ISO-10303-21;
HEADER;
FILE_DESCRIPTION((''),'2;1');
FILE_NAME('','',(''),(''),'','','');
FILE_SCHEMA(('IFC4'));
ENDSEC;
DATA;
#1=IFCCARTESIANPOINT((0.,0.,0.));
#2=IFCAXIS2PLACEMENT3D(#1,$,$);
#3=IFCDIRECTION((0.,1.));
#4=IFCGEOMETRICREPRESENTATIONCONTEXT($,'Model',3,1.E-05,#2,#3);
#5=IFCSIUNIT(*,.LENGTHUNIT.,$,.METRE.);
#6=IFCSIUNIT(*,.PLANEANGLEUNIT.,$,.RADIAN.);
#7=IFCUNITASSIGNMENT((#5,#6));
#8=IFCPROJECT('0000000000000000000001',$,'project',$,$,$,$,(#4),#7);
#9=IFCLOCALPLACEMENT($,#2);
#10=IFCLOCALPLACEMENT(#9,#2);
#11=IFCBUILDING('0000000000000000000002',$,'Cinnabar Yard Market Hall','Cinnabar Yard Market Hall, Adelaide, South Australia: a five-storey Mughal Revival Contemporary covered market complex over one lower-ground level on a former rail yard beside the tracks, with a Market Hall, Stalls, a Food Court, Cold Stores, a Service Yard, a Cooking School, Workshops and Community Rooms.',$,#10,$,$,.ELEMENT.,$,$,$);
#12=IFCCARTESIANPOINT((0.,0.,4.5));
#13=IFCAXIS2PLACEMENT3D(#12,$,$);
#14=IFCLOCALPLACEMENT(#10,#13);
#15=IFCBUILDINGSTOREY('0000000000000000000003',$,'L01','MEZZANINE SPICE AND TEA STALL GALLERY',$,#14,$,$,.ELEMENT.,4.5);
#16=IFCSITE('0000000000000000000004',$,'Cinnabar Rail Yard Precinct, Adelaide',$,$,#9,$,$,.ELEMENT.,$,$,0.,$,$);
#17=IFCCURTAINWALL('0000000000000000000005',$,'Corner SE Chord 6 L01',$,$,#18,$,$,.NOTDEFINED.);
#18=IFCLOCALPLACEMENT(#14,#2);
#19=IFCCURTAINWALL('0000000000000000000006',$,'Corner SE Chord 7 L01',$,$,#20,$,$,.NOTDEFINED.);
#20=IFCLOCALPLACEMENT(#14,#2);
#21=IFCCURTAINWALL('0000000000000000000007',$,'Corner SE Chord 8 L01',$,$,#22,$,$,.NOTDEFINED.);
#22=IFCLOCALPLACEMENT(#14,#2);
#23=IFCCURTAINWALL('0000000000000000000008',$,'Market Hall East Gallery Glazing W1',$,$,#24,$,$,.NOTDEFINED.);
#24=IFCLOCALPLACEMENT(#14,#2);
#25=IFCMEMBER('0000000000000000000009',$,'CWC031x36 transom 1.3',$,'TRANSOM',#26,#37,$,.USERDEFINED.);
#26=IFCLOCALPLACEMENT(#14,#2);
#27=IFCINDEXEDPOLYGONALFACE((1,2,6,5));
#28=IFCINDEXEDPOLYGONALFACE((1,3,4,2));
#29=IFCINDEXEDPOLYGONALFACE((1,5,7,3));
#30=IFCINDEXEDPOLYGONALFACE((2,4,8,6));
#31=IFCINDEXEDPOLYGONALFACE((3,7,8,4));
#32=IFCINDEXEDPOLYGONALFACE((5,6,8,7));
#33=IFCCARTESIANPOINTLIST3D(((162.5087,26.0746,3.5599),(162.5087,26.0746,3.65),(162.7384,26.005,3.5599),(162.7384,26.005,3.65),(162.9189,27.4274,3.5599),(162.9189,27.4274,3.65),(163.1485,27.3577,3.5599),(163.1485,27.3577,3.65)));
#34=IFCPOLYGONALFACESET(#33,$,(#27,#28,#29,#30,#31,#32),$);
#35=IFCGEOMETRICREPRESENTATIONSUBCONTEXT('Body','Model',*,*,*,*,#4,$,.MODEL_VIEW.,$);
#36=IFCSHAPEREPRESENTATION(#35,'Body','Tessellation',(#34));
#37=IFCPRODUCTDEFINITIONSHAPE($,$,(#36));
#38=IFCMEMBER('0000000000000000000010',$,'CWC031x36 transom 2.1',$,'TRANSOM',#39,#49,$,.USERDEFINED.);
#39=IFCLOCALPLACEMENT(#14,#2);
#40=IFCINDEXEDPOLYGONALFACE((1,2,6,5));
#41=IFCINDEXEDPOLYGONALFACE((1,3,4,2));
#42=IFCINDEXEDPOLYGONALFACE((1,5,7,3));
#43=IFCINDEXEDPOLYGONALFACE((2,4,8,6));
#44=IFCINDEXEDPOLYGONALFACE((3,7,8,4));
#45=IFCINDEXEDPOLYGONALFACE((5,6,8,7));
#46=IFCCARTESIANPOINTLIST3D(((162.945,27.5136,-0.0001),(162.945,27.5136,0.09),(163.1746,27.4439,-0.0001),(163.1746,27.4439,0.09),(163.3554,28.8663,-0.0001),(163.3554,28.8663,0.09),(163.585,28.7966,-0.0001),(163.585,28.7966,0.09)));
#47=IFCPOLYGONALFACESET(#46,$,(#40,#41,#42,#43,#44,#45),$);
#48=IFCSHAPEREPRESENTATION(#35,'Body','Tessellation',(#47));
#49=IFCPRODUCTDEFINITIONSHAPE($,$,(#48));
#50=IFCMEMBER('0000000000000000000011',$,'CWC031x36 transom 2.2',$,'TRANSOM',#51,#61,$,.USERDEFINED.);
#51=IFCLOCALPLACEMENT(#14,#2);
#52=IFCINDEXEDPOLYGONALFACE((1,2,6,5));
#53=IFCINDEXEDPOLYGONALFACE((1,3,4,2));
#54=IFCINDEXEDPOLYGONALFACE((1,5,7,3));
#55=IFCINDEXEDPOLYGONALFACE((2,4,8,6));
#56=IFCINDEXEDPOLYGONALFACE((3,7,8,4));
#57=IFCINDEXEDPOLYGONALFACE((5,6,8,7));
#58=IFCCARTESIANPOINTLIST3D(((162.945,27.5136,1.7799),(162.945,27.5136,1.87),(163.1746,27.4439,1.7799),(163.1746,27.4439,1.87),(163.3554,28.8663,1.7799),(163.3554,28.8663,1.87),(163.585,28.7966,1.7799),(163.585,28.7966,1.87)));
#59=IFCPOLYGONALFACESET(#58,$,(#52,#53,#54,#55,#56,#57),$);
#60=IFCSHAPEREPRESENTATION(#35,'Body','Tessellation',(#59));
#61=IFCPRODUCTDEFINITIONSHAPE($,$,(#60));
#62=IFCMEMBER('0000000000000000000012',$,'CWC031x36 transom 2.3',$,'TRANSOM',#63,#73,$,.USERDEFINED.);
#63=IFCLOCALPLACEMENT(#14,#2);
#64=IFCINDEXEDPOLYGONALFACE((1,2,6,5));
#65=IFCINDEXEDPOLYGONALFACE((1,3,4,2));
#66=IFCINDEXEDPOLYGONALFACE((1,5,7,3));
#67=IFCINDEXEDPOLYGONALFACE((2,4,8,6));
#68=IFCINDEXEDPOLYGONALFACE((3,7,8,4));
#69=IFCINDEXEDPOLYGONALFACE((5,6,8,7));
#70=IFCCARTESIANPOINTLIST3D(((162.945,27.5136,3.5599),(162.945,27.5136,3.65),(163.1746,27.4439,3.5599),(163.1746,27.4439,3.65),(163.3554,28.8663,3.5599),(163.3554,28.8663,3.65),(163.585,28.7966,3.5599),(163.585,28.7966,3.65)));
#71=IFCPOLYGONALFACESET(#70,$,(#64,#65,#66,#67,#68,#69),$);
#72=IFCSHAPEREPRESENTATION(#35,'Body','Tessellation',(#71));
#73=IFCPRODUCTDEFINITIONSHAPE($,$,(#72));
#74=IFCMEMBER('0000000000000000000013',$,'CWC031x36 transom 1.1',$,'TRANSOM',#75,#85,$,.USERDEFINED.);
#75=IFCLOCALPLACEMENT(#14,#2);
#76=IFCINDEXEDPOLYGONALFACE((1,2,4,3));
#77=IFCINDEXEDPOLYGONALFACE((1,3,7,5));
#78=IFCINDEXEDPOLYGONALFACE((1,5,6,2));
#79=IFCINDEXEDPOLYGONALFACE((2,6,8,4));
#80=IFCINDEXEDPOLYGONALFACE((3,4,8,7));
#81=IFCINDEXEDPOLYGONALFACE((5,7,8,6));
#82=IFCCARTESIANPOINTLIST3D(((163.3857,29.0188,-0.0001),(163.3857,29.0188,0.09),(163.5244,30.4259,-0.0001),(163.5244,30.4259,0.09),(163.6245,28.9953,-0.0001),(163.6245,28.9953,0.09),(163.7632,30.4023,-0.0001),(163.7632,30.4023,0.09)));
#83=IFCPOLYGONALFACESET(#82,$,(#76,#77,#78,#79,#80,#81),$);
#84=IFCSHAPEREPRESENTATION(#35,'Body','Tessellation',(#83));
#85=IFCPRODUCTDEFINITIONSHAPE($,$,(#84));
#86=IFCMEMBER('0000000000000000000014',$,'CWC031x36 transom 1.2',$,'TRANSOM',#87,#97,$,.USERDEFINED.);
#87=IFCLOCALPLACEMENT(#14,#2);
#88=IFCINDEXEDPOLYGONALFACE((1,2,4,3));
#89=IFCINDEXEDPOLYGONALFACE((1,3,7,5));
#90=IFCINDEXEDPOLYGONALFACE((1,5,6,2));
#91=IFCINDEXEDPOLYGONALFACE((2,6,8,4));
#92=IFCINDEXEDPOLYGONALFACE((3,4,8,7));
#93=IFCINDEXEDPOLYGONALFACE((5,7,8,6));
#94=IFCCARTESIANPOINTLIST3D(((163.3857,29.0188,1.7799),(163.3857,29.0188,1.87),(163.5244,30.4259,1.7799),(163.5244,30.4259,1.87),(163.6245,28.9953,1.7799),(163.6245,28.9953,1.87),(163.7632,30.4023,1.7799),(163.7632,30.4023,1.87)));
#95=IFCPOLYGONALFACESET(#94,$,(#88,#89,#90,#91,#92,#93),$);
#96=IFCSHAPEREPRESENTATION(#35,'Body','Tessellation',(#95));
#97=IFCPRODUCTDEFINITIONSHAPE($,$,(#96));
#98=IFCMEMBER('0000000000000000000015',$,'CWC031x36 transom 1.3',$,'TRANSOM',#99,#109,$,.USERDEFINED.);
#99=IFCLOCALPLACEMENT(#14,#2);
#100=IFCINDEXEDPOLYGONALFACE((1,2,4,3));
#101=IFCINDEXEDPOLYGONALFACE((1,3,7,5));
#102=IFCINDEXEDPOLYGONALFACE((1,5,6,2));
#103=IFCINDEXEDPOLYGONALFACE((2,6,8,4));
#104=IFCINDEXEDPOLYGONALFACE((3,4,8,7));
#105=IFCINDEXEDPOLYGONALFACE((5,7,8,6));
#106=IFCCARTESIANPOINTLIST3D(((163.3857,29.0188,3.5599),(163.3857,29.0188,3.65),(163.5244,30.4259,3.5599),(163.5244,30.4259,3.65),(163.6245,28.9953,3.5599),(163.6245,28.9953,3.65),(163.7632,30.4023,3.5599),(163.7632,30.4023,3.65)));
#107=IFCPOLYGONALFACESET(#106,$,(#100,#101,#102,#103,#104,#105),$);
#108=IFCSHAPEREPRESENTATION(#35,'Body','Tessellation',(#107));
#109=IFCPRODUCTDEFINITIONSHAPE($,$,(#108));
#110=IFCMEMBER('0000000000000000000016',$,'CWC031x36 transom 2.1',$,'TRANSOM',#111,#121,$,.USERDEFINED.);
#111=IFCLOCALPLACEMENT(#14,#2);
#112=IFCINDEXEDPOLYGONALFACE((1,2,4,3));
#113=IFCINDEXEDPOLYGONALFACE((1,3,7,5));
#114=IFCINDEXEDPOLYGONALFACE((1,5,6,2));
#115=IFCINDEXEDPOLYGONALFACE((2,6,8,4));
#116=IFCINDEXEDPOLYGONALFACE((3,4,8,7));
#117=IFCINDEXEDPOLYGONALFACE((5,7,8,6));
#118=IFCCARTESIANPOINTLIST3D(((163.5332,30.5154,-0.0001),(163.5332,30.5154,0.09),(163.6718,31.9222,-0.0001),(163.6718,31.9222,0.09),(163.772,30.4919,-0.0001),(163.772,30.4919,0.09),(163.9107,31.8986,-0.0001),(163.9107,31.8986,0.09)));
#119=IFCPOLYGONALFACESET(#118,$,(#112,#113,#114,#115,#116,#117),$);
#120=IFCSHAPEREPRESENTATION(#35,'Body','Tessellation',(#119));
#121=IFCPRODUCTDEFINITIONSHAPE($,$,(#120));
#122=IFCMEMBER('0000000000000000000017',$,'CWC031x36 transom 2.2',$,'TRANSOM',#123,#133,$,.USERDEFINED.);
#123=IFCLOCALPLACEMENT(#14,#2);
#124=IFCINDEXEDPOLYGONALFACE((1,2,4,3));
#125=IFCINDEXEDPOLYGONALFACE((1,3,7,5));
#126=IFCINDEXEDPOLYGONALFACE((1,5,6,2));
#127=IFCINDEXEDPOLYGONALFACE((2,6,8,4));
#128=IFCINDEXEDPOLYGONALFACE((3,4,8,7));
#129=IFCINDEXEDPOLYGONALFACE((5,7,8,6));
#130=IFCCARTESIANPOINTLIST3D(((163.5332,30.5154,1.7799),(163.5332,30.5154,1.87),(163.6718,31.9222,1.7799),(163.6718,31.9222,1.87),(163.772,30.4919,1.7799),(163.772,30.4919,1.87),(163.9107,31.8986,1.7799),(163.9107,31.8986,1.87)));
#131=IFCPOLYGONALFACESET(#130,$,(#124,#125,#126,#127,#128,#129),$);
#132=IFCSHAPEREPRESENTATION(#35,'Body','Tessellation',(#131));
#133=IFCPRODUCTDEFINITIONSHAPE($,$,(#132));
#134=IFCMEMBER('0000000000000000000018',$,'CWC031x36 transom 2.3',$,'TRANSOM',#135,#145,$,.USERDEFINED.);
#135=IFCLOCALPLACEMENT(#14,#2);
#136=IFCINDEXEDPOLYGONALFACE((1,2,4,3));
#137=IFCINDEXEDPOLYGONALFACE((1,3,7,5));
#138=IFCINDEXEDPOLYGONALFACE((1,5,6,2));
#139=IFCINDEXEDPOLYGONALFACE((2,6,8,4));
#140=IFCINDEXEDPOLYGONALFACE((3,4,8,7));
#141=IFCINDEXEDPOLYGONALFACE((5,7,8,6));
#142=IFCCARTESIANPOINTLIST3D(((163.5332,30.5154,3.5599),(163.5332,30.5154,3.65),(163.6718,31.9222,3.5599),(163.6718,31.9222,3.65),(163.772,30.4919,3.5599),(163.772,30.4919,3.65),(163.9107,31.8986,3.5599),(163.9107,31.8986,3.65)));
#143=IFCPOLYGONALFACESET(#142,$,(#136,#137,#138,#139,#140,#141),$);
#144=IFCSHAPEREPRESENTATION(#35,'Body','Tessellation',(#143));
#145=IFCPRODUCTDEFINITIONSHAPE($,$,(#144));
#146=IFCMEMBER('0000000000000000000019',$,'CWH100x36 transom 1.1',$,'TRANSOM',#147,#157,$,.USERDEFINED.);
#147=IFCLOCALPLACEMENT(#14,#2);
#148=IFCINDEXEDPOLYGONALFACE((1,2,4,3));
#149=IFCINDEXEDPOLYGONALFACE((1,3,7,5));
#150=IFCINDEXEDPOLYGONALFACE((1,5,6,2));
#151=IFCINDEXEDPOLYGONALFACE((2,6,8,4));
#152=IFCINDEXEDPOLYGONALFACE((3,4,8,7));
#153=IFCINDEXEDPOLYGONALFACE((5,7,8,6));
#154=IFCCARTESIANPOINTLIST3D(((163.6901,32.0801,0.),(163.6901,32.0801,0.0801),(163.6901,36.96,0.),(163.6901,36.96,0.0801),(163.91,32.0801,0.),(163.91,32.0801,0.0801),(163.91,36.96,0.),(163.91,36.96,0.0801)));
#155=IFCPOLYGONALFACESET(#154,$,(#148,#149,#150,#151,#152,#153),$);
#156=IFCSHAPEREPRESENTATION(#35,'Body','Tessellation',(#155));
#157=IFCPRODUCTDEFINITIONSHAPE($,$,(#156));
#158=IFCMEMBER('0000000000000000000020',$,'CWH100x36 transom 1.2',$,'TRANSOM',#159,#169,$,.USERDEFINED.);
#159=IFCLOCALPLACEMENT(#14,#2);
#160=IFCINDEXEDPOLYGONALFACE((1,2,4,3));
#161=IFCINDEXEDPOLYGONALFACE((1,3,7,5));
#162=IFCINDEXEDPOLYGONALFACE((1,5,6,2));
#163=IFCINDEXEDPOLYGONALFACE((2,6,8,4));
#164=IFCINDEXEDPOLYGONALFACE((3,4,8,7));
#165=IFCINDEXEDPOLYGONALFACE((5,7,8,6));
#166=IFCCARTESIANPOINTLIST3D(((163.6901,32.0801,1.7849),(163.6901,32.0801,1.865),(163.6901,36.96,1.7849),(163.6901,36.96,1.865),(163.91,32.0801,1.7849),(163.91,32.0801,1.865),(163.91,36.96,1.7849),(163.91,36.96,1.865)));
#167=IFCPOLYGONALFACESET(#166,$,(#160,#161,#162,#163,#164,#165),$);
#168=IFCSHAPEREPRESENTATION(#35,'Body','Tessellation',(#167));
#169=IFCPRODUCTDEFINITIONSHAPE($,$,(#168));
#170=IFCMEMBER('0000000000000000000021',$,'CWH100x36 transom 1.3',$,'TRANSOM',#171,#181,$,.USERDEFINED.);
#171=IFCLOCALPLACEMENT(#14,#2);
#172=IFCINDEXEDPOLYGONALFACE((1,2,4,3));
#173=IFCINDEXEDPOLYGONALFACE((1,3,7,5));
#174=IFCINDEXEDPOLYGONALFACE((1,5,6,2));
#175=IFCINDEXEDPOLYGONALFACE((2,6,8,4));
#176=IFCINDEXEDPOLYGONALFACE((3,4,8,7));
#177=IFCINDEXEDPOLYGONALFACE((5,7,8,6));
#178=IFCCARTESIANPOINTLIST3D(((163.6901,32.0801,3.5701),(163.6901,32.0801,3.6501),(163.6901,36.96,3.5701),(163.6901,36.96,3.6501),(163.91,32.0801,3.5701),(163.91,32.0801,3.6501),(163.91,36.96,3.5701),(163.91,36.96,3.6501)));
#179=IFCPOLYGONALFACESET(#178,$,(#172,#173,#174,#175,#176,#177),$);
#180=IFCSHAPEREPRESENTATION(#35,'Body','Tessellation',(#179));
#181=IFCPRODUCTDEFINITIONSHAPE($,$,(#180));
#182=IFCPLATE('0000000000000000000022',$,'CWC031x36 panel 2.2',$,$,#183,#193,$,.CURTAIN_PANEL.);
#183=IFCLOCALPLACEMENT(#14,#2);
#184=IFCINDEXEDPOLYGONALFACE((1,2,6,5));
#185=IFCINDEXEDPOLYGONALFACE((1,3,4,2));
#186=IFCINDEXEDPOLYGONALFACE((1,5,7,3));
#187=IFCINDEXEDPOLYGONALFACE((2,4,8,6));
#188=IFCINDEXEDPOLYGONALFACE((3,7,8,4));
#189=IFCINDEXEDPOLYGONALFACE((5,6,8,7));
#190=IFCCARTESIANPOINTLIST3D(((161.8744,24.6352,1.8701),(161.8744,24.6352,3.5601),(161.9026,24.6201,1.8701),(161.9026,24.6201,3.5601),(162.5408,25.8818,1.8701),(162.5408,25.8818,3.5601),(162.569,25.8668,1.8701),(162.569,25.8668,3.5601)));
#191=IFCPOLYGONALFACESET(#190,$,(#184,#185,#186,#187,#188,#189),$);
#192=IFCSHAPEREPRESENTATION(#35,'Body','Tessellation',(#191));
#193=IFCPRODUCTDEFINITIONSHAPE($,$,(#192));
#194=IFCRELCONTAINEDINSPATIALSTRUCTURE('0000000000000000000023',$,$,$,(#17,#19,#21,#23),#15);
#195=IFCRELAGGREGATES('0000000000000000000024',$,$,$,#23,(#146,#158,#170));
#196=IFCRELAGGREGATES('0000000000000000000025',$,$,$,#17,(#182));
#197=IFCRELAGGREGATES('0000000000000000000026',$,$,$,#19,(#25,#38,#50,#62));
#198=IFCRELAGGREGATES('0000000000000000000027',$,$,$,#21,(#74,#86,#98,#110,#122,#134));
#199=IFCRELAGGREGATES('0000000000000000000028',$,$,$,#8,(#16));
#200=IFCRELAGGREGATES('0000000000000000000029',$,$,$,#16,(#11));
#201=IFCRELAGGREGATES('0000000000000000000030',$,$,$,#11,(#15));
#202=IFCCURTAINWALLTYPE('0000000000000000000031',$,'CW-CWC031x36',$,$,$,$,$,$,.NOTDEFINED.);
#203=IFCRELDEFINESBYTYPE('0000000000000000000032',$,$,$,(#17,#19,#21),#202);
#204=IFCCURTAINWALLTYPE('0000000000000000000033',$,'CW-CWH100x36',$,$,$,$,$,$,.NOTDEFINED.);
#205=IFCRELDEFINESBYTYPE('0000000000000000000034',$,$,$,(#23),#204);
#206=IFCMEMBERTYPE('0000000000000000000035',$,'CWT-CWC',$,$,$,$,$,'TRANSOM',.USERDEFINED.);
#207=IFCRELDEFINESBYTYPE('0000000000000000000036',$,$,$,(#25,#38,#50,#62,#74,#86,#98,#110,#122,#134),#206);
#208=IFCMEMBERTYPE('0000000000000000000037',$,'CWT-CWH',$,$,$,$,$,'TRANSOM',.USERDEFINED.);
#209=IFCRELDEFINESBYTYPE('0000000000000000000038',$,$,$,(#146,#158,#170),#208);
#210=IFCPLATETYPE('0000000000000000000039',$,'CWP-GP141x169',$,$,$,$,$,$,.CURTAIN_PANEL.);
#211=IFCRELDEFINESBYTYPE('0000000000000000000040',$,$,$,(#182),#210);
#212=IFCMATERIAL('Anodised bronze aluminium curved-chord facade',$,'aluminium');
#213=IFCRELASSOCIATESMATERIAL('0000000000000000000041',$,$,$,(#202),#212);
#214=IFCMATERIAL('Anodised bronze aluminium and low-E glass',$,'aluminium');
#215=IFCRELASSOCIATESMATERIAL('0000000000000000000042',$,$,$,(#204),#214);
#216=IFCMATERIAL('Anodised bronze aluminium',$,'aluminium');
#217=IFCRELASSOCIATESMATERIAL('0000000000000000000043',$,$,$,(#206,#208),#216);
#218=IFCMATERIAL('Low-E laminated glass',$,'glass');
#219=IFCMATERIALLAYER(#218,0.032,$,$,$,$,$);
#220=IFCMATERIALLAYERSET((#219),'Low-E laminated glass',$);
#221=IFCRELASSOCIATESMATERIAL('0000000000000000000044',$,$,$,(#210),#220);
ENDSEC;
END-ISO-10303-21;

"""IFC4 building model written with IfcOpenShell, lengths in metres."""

from ifc_helpers import new_model, si_unit, direction, frame, origin, origin_2d_with_axis, place, context, subcontext, project, spatial, rectangle, extrude, material, layer, layer_set, material_profile, profile_set, type_object, element, aggregate, save


model = new_model("IFC4")

# Units and contexts
model_context = context("Model", 3, precision=1e-05, world=origin(), true_north=direction((0.0, 1.0)))
body_context = subcontext(model_context, "Body", "Model", "MODEL_VIEW")
ifc_project = project(units=[si_unit("LENGTHUNIT", "METRE"), si_unit("PLANEANGLEUNIT", "RADIAN")], contexts=[model_context])

# Site, building, storey
site_placement = place(None, origin())
site = spatial("IfcSite", under=ifc_project, at=site_placement, Name="Cinnabar Rail Yard Precinct, Adelaide", CompositionType="ELEMENT", RefElevation=0.0)
building_placement = place(site_placement, origin())
building = spatial("IfcBuilding", under=site, at=building_placement, Name="Cinnabar Yard Market Hall", Description="Cinnabar Yard Market Hall, Adelaide, South Australia: a five-storey Mughal Revival Contemporary covered market complex over one lower-ground level on a former rail yard beside the tracks, with a Market Hall, Stalls, a Food Court, Cold Stores, a Service Yard, a Cooking School, Workshops and Community Rooms.", CompositionType="ELEMENT")
storey_placement = place(building_placement, frame((0.0, 0.0, 4.5)))
storey = spatial("IfcBuildingStorey", under=building, at=storey_placement, Name="L01", Description="MEZZANINE SPICE AND TEA STALL GALLERY", CompositionType="ELEMENT", Elevation=4.5)

# Curtain wall
ifc_material_1 = material(Name="Anodised bronze aluminium curved-chord facade", Category="aluminium")
curtain_wall_type_1 = type_object("IfcCurtainWallType", Name="CW-CWC031x36", PredefinedType="NOTDEFINED", material=ifc_material_1)
curtain_wall_1_placement = place(storey_placement, origin())
curtain_wall_1 = element("IfcCurtainWall", 1, at=curtain_wall_1_placement, inside=storey, type_object=curtain_wall_type_1, Name="Corner SE Chord 6 L01", PredefinedType="NOTDEFINED")
ifc_material_2 = material(Name="Anodised bronze aluminium", Category="aluminium")

# Curtain walls
curtain_wall_2_placement = place(storey_placement, origin())
curtain_wall_2 = element("IfcCurtainWall", 2, at=curtain_wall_2_placement, inside=storey, type_object=curtain_wall_type_1, Name="Corner SE Chord 7 L01", PredefinedType="NOTDEFINED")
curtain_wall_3_placement = place(storey_placement, origin())
curtain_wall_3 = element("IfcCurtainWall", 3, at=curtain_wall_3_placement, inside=storey, type_object=curtain_wall_type_1, Name="Corner SE Chord 8 L01", PredefinedType="NOTDEFINED")

# Curtain wall
ifc_material_3 = material(Name="Anodised bronze aluminium and low-E glass", Category="aluminium")
curtain_wall_type_2 = type_object("IfcCurtainWallType", Name="CW-CWH100x36", PredefinedType="NOTDEFINED", material=ifc_material_3)
curtain_wall_4_placement = place(storey_placement, origin())
curtain_wall_4 = element("IfcCurtainWall", 4, at=curtain_wall_4_placement, inside=storey, type_object=curtain_wall_type_2, Name="Market Hall East Gallery Glazing W1", PredefinedType="NOTDEFINED")

# Members
ifc_material_profile_1 = material_profile(ifc_material_2, rectangle(XDim=0.24, YDim=0.0901, at=origin_2d_with_axis()), Name="TRN-CWC")
ifc_profile_set_1 = profile_set([ifc_material_profile_1], Name="Anodised bronze aluminium")
member_type_1 = type_object("IfcMemberType", Name="CWT-CWC", ElementType="TRANSOM", PredefinedType="USERDEFINED", material=ifc_profile_set_1)
member_1_placement = place(storey_placement, frame((162.6235, 26.0398, 3.605), z_axis=(0.290151, 0.956981, 0.0), x_axis=(-0.956981, 0.290151, 0.0)))
member_1 = element("IfcMember", 5, at=member_1_placement, type_object=member_type_1, Name="CWC031x36 transom 1.3", ObjectType="TRANSOM", PredefinedType="USERDEFINED", context=body_context, shape_type="SweptSolid", body=[
    extrude(rectangle(XDim=0.24, YDim=0.0901, at=origin_2d_with_axis()), origin(), (0.0, 0.0, 1.0), 1.4136),
])
member_2_placement = place(storey_placement, frame((163.0598, 27.4788, 0.0449), z_axis=(0.290309, 0.956933, 0.0), x_axis=(-0.956933, 0.290309, 0.0)))
member_2 = element("IfcMember", 6, at=member_2_placement, type_object=member_type_1, Name="CWC031x36 transom 2.1", ObjectType="TRANSOM", PredefinedType="USERDEFINED", context=body_context, shape_type="SweptSolid", body=[
    extrude(rectangle(XDim=0.24, YDim=0.0901, at=origin_2d_with_axis()), origin(), (0.0, 0.0, 1.0), 1.4136),
])
member_3_placement = place(storey_placement, frame((163.0598, 27.4788, 1.825), z_axis=(0.290309, 0.956933, 0.0), x_axis=(-0.956933, 0.290309, 0.0)))
member_3 = element("IfcMember", 7, at=member_3_placement, type_object=member_type_1, Name="CWC031x36 transom 2.2", ObjectType="TRANSOM", PredefinedType="USERDEFINED", context=body_context, shape_type="SweptSolid", body=[
    extrude(rectangle(XDim=0.24, YDim=0.0901, at=origin_2d_with_axis()), origin(), (0.0, 0.0, 1.0), 1.4136),
])
member_4_placement = place(storey_placement, frame((163.0598, 27.4788, 3.605), z_axis=(0.290309, 0.956933, 0.0), x_axis=(-0.956933, 0.290309, 0.0)))
member_4 = element("IfcMember", 8, at=member_4_placement, type_object=member_type_1, Name="CWC031x36 transom 2.3", ObjectType="TRANSOM", PredefinedType="USERDEFINED", context=body_context, shape_type="SweptSolid", body=[
    extrude(rectangle(XDim=0.24, YDim=0.0901, at=origin_2d_with_axis()), origin(), (0.0, 0.0, 1.0), 1.4136),
])
member_5_placement = place(storey_placement, frame((163.5051, 29.0071, 0.0449), z_axis=(0.098085, 0.995178, 0.0), x_axis=(-0.995178, 0.098085, 0.0)))
member_5 = element("IfcMember", 9, at=member_5_placement, type_object=member_type_1, Name="CWC031x36 transom 1.1", ObjectType="TRANSOM", PredefinedType="USERDEFINED", context=body_context, shape_type="SweptSolid", body=[
    extrude(rectangle(XDim=0.24, YDim=0.0901, at=origin_2d_with_axis()), origin(), (0.0, 0.0, 1.0), 1.4138),
])
member_6_placement = place(storey_placement, frame((163.5051, 29.0071, 1.825), z_axis=(0.098085, 0.995178, 0.0), x_axis=(-0.995178, 0.098085, 0.0)))
member_6 = element("IfcMember", 10, at=member_6_placement, type_object=member_type_1, Name="CWC031x36 transom 1.2", ObjectType="TRANSOM", PredefinedType="USERDEFINED", context=body_context, shape_type="SweptSolid", body=[
    extrude(rectangle(XDim=0.24, YDim=0.0901, at=origin_2d_with_axis()), origin(), (0.0, 0.0, 1.0), 1.4138),
])
member_7_placement = place(storey_placement, frame((163.5051, 29.0071, 3.605), z_axis=(0.098085, 0.995178, 0.0), x_axis=(-0.995178, 0.098085, 0.0)))
member_7 = element("IfcMember", 11, at=member_7_placement, type_object=member_type_1, Name="CWC031x36 transom 1.3", ObjectType="TRANSOM", PredefinedType="USERDEFINED", context=body_context, shape_type="SweptSolid", body=[
    extrude(rectangle(XDim=0.24, YDim=0.0901, at=origin_2d_with_axis()), origin(), (0.0, 0.0, 1.0), 1.4138),
])
member_8_placement = place(storey_placement, frame((163.6526, 30.5037, 0.0449), z_axis=(0.098101, 0.995176, 0.0), x_axis=(-0.995176, 0.098101, 0.0)))
member_8 = element("IfcMember", 12, at=member_8_placement, type_object=member_type_1, Name="CWC031x36 transom 2.1", ObjectType="TRANSOM", PredefinedType="USERDEFINED", context=body_context, shape_type="SweptSolid", body=[
    extrude(rectangle(XDim=0.24, YDim=0.0901, at=origin_2d_with_axis()), origin(), (0.0, 0.0, 1.0), 1.4136),
])
member_9_placement = place(storey_placement, frame((163.6526, 30.5037, 1.825), z_axis=(0.098101, 0.995176, 0.0), x_axis=(-0.995176, 0.098101, 0.0)))
member_9 = element("IfcMember", 13, at=member_9_placement, type_object=member_type_1, Name="CWC031x36 transom 2.2", ObjectType="TRANSOM", PredefinedType="USERDEFINED", context=body_context, shape_type="SweptSolid", body=[
    extrude(rectangle(XDim=0.24, YDim=0.0901, at=origin_2d_with_axis()), origin(), (0.0, 0.0, 1.0), 1.4136),
])
member_10_placement = place(storey_placement, frame((163.6526, 30.5037, 3.605), z_axis=(0.098101, 0.995176, 0.0), x_axis=(-0.995176, 0.098101, 0.0)))
member_10 = element("IfcMember", 14, at=member_10_placement, type_object=member_type_1, Name="CWC031x36 transom 2.3", ObjectType="TRANSOM", PredefinedType="USERDEFINED", context=body_context, shape_type="SweptSolid", body=[
    extrude(rectangle(XDim=0.24, YDim=0.0901, at=origin_2d_with_axis()), origin(), (0.0, 0.0, 1.0), 1.4136),
])
ifc_material_profile_2 = material_profile(ifc_material_2, rectangle(XDim=0.22, YDim=0.0801, at=origin_2d_with_axis()), Name="TRN-CWH")
ifc_profile_set_2 = profile_set([ifc_material_profile_2], Name="Anodised bronze aluminium")
member_type_2 = type_object("IfcMemberType", Name="CWT-CWH", ElementType="TRANSOM", PredefinedType="USERDEFINED", material=ifc_profile_set_2)
member_11_placement = place(storey_placement, frame((163.8, 32.0801, 0.04), z_axis=(0.0, 1.0, 0.0), x_axis=(-1.0, 0.0, 0.0)))
member_11 = element("IfcMember", 15, at=member_11_placement, type_object=member_type_2, Name="CWH100x36 transom 1.1", ObjectType="TRANSOM", PredefinedType="USERDEFINED", context=body_context, shape_type="SweptSolid", body=[
    extrude(rectangle(XDim=0.22, YDim=0.0801, at=origin_2d_with_axis()), origin(), (0.0, 0.0, 1.0), 4.8799),
])
member_12_placement = place(storey_placement, frame((163.8, 32.0801, 1.825), z_axis=(0.0, 1.0, 0.0), x_axis=(-1.0, 0.0, 0.0)))
member_12 = element("IfcMember", 16, at=member_12_placement, type_object=member_type_2, Name="CWH100x36 transom 1.2", ObjectType="TRANSOM", PredefinedType="USERDEFINED", context=body_context, shape_type="SweptSolid", body=[
    extrude(rectangle(XDim=0.22, YDim=0.0801, at=origin_2d_with_axis()), origin(), (0.0, 0.0, 1.0), 4.8799),
])
member_13_placement = place(storey_placement, frame((163.8, 32.0801, 3.6101), z_axis=(0.0, 1.0, 0.0), x_axis=(-1.0, 0.0, 0.0)))
member_13 = element("IfcMember", 17, at=member_13_placement, type_object=member_type_2, Name="CWH100x36 transom 1.3", ObjectType="TRANSOM", PredefinedType="USERDEFINED", context=body_context, shape_type="SweptSolid", body=[
    extrude(rectangle(XDim=0.22, YDim=0.0801, at=origin_2d_with_axis()), origin(), (0.0, 0.0, 1.0), 4.8799),
])
aggregate(curtain_wall_4, [member_11, member_12, member_13])

# Plate
ifc_material_4 = material(Name="Low-E laminated glass", Category="glass")
ifc_layer = layer(ifc_material_4, 0.032)
ifc_layer_set = layer_set([ifc_layer], Name="Low-E laminated glass")
plate_type = type_object("IfcPlateType", Name="CWP-GP141x169", PredefinedType="CURTAIN_PANEL", material=ifc_layer_set)
plate_1_placement = place(storey_placement, frame((162.2217, 25.251, 1.8701), z_axis=(0.0, 0.0, 1.0), x_axis=(0.471404, 0.881917, 0.0)))
plate_1 = element("IfcPlate", 18, at=plate_1_placement, type_object=plate_type, Name="CWC031x36 panel 2.2", PredefinedType="CURTAIN_PANEL", context=body_context, shape_type="SweptSolid", body=[
    extrude(rectangle(XDim=1.4136, YDim=0.032, at=origin_2d_with_axis()), origin(), (0.0, 0.0, 1.0), 1.6899),
])
aggregate(curtain_wall_1, [plate_1])
aggregate(curtain_wall_2, [member_1, member_2, member_3, member_4])
aggregate(curtain_wall_3, [member_5, member_6, member_7, member_8, member_9, member_10])

save(model, "model.ifc")
